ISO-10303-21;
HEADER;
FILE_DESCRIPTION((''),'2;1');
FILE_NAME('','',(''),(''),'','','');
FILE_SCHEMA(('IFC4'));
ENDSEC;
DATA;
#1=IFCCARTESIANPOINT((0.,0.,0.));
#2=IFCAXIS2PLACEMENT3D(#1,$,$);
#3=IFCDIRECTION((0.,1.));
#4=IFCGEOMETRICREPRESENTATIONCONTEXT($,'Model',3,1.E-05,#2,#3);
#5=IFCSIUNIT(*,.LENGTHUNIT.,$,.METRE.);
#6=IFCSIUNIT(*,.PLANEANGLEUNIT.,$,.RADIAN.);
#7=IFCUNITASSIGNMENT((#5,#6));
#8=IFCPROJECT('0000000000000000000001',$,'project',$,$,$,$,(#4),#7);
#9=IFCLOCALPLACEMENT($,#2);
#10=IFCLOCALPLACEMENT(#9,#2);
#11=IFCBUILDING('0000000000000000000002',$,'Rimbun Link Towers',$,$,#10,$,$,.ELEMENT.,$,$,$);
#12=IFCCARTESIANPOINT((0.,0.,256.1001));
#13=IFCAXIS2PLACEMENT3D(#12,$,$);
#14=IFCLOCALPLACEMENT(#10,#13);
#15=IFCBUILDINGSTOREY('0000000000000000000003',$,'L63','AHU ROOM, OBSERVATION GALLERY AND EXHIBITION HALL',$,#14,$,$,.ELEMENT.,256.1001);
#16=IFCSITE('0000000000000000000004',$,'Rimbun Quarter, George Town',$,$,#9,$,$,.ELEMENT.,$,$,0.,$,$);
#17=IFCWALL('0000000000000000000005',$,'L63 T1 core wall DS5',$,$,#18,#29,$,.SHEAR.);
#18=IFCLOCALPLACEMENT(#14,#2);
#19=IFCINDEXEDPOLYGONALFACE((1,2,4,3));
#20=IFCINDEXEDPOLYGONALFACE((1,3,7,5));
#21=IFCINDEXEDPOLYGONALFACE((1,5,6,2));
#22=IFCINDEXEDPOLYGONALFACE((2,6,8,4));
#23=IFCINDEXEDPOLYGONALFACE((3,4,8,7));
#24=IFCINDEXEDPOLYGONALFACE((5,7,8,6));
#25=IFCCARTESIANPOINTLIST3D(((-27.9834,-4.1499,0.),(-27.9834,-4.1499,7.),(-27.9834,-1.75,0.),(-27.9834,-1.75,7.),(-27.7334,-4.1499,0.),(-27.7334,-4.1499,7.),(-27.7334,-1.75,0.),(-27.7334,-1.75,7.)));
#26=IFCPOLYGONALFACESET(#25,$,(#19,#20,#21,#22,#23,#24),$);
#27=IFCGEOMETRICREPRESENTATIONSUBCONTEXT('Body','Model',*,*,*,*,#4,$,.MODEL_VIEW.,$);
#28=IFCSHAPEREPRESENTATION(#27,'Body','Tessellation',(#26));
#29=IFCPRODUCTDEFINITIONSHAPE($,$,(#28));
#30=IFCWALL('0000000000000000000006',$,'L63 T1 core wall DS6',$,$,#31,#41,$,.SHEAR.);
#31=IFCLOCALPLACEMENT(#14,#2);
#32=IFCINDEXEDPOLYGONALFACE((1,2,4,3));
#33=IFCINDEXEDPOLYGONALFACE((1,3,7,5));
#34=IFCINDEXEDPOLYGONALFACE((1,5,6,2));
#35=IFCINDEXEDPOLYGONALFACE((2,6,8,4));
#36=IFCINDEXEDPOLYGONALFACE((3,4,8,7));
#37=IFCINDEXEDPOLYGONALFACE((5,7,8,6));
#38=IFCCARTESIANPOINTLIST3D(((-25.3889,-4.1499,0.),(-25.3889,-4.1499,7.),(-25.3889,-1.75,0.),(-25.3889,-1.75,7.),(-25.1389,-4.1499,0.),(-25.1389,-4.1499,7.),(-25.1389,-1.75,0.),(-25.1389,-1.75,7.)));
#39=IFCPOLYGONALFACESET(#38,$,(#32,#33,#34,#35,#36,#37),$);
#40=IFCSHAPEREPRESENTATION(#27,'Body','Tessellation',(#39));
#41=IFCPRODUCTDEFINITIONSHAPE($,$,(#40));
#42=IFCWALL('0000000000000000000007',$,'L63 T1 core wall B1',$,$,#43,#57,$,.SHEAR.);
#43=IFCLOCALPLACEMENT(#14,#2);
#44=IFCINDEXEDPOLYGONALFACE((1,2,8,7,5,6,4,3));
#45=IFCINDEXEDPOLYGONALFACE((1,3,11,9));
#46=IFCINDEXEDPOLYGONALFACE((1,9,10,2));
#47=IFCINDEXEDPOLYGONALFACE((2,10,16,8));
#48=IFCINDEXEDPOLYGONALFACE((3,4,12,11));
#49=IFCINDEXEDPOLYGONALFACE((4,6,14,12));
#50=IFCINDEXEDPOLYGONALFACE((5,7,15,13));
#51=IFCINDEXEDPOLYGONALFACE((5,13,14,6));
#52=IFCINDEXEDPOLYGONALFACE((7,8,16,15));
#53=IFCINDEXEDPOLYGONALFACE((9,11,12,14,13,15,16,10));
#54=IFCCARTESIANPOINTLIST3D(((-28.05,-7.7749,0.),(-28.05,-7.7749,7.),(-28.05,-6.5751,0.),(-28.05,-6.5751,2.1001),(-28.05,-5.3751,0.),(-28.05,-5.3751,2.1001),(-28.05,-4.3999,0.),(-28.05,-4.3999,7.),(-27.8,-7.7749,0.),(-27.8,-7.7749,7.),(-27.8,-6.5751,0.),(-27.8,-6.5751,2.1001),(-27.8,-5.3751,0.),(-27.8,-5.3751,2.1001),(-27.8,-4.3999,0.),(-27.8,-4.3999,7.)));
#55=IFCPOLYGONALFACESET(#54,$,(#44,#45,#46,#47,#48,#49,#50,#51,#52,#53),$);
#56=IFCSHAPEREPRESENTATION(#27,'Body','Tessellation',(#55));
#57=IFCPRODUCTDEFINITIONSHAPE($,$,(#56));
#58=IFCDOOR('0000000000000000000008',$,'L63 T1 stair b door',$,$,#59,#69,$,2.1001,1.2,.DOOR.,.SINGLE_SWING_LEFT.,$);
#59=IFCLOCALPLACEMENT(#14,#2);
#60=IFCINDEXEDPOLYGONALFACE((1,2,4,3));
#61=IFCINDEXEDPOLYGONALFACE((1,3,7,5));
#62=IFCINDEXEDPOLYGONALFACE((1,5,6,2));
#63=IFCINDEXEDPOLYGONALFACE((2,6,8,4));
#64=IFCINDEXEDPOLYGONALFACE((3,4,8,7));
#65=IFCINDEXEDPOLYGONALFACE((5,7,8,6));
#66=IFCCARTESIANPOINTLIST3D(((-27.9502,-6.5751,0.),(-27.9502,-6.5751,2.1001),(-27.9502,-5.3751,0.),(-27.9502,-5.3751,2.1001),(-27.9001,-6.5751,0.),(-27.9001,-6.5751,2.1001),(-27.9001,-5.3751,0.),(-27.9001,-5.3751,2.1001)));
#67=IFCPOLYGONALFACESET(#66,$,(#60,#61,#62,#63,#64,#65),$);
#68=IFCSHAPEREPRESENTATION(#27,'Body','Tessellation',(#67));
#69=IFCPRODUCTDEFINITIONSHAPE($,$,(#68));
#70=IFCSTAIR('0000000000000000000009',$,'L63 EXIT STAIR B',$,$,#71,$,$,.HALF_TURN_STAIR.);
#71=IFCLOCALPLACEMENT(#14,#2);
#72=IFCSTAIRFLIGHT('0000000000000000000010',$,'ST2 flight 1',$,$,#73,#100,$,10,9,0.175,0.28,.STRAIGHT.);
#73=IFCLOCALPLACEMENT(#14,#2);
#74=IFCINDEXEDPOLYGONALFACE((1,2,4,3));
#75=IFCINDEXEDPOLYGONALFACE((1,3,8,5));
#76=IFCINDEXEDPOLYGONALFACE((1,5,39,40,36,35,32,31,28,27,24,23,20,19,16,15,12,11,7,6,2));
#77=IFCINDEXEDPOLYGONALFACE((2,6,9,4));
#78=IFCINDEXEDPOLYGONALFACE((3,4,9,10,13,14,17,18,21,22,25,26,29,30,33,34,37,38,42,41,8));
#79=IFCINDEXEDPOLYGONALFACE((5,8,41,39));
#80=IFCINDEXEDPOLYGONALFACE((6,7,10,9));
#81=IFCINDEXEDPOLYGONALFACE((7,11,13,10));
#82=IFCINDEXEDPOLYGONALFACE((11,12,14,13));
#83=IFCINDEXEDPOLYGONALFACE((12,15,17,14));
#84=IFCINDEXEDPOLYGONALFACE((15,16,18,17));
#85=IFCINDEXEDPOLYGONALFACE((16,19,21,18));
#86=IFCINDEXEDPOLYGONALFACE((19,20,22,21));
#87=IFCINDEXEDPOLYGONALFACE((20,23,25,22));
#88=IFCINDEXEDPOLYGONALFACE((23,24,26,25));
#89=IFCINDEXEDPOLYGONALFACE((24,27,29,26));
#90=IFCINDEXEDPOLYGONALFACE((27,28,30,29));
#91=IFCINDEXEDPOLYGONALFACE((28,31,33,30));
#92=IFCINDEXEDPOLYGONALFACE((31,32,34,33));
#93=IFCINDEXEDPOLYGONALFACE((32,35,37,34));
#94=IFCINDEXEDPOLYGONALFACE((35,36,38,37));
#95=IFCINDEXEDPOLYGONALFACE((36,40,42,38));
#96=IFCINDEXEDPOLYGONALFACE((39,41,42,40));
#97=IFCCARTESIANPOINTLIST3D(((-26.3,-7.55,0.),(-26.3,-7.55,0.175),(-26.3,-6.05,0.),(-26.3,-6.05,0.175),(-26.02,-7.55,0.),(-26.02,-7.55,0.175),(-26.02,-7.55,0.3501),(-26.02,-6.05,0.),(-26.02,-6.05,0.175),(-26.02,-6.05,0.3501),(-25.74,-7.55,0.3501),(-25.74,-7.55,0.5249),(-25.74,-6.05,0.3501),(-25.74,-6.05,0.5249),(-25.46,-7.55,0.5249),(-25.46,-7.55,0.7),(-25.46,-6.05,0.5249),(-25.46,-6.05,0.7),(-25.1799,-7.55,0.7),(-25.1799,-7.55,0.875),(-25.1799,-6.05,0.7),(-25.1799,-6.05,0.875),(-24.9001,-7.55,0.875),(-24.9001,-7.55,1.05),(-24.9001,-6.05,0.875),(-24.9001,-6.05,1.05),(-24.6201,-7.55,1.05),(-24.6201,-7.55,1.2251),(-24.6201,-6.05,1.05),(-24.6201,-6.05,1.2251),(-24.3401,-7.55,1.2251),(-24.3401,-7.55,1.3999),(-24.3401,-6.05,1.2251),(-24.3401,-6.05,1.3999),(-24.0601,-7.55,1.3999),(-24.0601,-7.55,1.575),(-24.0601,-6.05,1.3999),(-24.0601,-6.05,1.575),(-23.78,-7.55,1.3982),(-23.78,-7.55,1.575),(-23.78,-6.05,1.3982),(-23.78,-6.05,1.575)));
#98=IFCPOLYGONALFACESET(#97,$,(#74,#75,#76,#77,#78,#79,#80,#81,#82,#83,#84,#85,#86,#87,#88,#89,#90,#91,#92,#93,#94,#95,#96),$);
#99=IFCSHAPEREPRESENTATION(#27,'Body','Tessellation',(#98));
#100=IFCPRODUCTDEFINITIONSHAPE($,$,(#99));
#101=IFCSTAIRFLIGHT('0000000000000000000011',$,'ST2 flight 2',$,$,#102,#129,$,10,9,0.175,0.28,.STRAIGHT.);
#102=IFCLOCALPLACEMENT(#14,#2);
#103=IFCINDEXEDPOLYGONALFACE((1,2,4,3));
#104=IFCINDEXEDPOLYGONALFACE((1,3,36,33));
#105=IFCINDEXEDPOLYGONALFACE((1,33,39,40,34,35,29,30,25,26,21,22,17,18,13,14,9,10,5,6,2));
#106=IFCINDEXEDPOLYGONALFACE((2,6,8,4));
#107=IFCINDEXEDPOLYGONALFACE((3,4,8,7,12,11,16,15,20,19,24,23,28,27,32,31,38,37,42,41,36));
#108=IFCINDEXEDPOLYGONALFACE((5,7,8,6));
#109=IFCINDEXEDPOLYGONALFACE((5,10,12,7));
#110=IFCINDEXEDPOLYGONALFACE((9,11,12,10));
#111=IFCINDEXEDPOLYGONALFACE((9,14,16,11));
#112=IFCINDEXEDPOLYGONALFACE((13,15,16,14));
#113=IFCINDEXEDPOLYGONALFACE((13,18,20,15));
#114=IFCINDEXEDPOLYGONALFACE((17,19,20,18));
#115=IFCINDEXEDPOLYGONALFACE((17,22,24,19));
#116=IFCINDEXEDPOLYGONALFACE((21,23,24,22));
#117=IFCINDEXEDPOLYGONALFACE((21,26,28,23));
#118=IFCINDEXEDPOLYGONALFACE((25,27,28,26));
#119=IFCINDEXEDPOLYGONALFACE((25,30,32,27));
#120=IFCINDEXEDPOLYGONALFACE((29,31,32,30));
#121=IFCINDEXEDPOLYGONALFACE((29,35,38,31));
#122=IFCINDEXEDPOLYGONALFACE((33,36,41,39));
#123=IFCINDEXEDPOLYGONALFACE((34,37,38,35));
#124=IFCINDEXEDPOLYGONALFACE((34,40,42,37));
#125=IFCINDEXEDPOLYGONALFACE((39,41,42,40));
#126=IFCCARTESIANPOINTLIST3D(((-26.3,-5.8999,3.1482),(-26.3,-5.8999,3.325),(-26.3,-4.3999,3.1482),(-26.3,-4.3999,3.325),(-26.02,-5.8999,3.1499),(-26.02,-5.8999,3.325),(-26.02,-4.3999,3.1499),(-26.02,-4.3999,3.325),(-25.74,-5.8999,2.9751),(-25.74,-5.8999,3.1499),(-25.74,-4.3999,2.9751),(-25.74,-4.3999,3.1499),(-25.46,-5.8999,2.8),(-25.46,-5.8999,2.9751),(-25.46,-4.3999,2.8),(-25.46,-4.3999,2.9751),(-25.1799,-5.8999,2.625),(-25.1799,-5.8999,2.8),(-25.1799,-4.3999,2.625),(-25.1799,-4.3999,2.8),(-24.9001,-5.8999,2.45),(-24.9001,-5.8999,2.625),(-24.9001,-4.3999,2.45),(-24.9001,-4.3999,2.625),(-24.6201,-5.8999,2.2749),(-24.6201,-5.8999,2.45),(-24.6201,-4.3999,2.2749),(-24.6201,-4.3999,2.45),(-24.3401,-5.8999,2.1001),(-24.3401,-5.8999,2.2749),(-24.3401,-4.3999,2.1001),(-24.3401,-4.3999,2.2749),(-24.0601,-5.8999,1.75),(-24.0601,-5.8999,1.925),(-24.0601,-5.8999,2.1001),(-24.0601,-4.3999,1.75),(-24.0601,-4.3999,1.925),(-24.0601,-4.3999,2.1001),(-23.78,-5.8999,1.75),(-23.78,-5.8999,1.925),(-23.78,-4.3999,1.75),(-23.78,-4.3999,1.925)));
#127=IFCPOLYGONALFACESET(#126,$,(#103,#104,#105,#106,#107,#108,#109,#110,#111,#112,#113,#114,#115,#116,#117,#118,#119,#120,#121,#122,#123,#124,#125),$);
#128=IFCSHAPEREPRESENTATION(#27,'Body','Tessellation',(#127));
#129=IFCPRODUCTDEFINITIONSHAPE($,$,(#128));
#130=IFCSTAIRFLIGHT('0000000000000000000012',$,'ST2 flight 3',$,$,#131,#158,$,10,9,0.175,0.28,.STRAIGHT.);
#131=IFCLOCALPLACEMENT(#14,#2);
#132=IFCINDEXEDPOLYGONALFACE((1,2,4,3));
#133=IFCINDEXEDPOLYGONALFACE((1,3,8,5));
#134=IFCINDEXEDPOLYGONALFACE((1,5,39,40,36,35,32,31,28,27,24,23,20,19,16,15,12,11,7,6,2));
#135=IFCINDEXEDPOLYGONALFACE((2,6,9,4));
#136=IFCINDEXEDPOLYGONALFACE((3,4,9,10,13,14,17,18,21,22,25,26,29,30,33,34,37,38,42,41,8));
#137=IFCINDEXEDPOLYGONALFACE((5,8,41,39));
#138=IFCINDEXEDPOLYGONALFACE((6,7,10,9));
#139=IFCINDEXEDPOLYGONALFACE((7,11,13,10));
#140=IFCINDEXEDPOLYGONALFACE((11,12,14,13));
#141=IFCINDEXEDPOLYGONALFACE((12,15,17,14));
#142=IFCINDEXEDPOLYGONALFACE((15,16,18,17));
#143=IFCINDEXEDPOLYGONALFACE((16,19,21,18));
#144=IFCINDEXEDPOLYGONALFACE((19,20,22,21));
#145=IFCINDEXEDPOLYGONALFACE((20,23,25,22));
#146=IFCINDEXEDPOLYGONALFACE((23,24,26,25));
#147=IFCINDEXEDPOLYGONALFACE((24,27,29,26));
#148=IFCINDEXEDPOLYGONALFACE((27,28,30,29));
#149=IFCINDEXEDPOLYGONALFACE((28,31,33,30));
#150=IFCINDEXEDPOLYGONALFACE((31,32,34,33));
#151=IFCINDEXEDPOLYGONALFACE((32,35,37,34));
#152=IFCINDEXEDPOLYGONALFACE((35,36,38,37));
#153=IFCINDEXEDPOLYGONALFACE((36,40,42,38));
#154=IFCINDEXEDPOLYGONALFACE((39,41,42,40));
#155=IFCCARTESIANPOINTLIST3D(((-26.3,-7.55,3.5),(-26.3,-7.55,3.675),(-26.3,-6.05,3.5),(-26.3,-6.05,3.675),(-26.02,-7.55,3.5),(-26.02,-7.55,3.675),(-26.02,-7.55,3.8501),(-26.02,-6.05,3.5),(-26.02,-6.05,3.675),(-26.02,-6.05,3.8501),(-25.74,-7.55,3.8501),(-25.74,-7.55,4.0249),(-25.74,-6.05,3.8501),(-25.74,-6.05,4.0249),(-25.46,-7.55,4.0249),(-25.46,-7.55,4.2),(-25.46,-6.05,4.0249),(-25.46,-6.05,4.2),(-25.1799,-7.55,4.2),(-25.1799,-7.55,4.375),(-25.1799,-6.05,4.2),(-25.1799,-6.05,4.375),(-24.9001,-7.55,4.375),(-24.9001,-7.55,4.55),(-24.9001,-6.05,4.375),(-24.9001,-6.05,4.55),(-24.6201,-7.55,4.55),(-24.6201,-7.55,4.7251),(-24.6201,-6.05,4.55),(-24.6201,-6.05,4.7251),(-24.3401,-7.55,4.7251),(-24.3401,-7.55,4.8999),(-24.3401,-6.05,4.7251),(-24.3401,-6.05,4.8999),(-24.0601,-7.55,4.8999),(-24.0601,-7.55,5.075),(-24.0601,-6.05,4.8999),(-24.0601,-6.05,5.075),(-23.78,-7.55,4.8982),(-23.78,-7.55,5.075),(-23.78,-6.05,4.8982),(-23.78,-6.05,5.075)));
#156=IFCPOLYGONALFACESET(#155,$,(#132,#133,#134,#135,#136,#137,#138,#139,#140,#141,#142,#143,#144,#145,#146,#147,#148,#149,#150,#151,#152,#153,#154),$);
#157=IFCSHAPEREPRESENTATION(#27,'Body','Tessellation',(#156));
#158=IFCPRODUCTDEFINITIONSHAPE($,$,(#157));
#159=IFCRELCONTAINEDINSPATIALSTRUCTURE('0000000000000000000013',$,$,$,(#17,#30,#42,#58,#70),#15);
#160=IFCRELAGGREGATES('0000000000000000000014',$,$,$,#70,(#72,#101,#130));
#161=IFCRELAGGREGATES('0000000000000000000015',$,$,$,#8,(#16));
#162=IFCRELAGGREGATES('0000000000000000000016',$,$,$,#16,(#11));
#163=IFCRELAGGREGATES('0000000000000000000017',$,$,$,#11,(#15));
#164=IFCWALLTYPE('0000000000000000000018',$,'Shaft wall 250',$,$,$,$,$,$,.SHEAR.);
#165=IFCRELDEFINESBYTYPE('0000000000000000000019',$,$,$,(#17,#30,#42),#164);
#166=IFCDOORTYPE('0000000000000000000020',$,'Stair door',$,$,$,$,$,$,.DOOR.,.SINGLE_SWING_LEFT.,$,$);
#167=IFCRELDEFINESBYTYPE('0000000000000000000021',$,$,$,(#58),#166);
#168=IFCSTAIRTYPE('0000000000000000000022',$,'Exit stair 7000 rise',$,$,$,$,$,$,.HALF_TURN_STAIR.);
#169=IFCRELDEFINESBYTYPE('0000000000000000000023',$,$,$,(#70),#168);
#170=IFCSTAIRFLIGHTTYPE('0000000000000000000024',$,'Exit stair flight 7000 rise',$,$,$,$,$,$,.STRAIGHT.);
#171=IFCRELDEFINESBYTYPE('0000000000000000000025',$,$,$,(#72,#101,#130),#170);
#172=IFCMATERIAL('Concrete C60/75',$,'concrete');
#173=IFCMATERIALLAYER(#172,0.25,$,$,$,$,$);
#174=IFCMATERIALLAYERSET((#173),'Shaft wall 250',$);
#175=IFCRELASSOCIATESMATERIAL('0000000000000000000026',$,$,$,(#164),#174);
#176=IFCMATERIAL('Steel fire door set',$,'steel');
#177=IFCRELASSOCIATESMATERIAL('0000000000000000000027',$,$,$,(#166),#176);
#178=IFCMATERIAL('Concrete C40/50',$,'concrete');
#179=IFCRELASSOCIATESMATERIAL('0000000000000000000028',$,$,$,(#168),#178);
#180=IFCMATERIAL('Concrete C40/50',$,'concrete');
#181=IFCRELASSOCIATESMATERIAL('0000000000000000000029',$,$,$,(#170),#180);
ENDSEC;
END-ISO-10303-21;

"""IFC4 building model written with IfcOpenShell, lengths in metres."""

from ifc_helpers import new_model, si_unit, direction, frame, frame_2d, origin, place, context, subcontext, project, spatial, polyline, rectangle, outline, extrude, material, layer, layer_set, type_object, element, fill, aggregate, save


model = new_model("IFC4")

# Units and contexts
model_context = context("Model", 3, precision=1e-05, world=origin(), true_north=direction((0.0, 1.0)))
body_context = subcontext(model_context, "Body", "Model", "MODEL_VIEW")
ifc_project = project(units=[si_unit("LENGTHUNIT", "METRE"), si_unit("PLANEANGLEUNIT", "RADIAN")], contexts=[model_context])

# Site, building, storey
site_placement = place(None, origin())
site = spatial("IfcSite", under=ifc_project, at=site_placement, Name="Rimbun Quarter, George Town", CompositionType="ELEMENT", RefElevation=0.0)
building_placement = place(site_placement, origin())
building = spatial("IfcBuilding", under=site, at=building_placement, Name="Rimbun Link Towers", CompositionType="ELEMENT")
storey_placement = place(building_placement, frame((0.0, 0.0, 256.1001)))
storey = spatial("IfcBuildingStorey", under=building, at=storey_placement, Name="L63", Description="AHU ROOM, OBSERVATION GALLERY AND EXHIBITION HALL", CompositionType="ELEMENT", Elevation=256.1001)

# Walls
ifc_material_1 = material(Name="Concrete C60/75", Category="concrete")
ifc_layer_1 = layer(ifc_material_1, 0.25)
ifc_layer_set_1 = layer_set([ifc_layer_1], Name="Shaft wall 250")
wall_type_1 = type_object("IfcWallType", Name="Shaft wall 250", PredefinedType="SHEAR", material=ifc_layer_set_1)
for number, where, z_axis, x_axis, name in (
    (1, (-27.8584, -4.1499, 0.0), (0.0, 0.0, 1.0), (0.0, 1.0, 0.0), "L63 T1 core wall DS5"),
    (2, (-25.2639, -4.1499, 0.0), (0.0, 0.0, 1.0), (0.0, 1.0, 0.0), "L63 T1 core wall DS6"),
):
    element("IfcWall", number, at=place(storey_placement, frame(where, z_axis=z_axis, x_axis=x_axis)), inside=storey, type_object=wall_type_1, Name=name, PredefinedType="SHEAR", context=body_context, shape_type="SweptSolid", body=[
        extrude(rectangle(XDim=2.3999, YDim=0.25, at=frame_2d((1.2, 0.0))), origin(), (0.0, 0.0, 1.0), 7.0),
    ])

# Wall, opening, door
wall_1_placement = place(storey_placement, frame((-27.925, -4.3999, 0.0), z_axis=(0.0, 0.0, 1.0), x_axis=(0.0, -1.0, 0.0)))
wall_1 = element("IfcWall", 3, at=wall_1_placement, inside=storey, type_object=wall_type_1, Name="L63 T1 core wall B1", PredefinedType="SHEAR", context=body_context, shape_type="SweptSolid", body=[
    extrude(rectangle(XDim=3.375, YDim=0.25, at=frame_2d((1.6875, 0.0))), origin(), (0.0, 0.0, 1.0), 7.0),
])
opening_1_placement = place(wall_1_placement, frame((0.9751, 0.0, 0.0)))
opening_1 = element("IfcOpeningElement", 4, at=opening_1_placement, cuts=wall_1, PredefinedType="OPENING", context=body_context, shape_type="SweptSolid", body=[
    extrude(rectangle(XDim=1.2, YDim=2.1001, at=frame_2d((0.6001, 1.05))), frame((0.0, 0.135, 0.0), z_axis=(0.0, -1.0, 0.0), x_axis=(1.0, 0.0, 0.0)), (0.0, 0.0, 1.0), 0.27),
])
ifc_material_2 = material(Name="Steel fire door set", Category="steel")
door_type_1 = type_object("IfcDoorType", Name="Stair door", OperationType="SINGLE_SWING_LEFT", PredefinedType="DOOR", material=ifc_material_2)
door_1_placement = place(opening_1_placement, origin())
door_1 = element("IfcDoor", 5, at=door_1_placement, inside=storey, type_object=door_type_1, Name="L63 T1 stair b door", OperationType="SINGLE_SWING_LEFT", OverallHeight=2.1001, OverallWidth=1.2, PredefinedType="DOOR", context=body_context, shape_type="SweptSolid", body=[
    extrude(rectangle(XDim=1.2, YDim=2.1001, at=frame_2d((0.6001, 1.05))), frame((0.0, 0.0249, 0.0), z_axis=(0.0, -1.0, 0.0), x_axis=(1.0, 0.0, 0.0)), (0.0, 0.0, 1.0), 0.05),
])
fill(opening_1, door_1)

# Stair, stair flights
ifc_material_3 = material(Name="Concrete C40/50", Category="concrete")
stair_type = type_object("IfcStairType", Name="Exit stair 7000 rise", PredefinedType="HALF_TURN_STAIR", material=ifc_material_3)
stair_placement = place(storey_placement, origin())
stair = element("IfcStair", 6, at=stair_placement, inside=storey, type_object=stair_type, Name="L63 EXIT STAIR B", PredefinedType="HALF_TURN_STAIR")
ifc_material_4 = material(Name="Concrete C40/50", Category="concrete")
stair_flight_type = type_object("IfcStairFlightType", Name="Exit stair flight 7000 rise", PredefinedType="STRAIGHT", material=ifc_material_4)
stair_flight_1_placement = place(storey_placement, frame((-26.3, -6.8, 0.0), z_axis=(0.0, 0.0, 1.0), x_axis=(1.0, 0.0, 0.0)))
stair_flight_1 = element("IfcStairFlight", 7, at=stair_flight_1_placement, type_object=stair_flight_type, Name="ST2 flight 1", NumberOfRisers=10, NumberOfTreads=9, PredefinedType="STRAIGHT", RiserHeight=0.175, TreadLength=0.28, context=body_context, shape_type="SweptSolid", body=[
    extrude(outline(polyline([(0.0, 0.0), (0.0, 0.175), (0.28, 0.175), (0.28, 0.3501), (0.5601, 0.3501), (0.5601, 0.5249), (0.8401, 0.5249), (0.8401, 0.7), (1.1201, 0.7), (1.1201, 0.875), (1.3999, 0.875), (1.3999, 1.05), (1.6799, 1.05), (1.6799, 1.2251), (1.96, 1.2251), (1.96, 1.3999), (2.24, 1.3999), (2.24, 1.575), (2.52, 1.575), (2.52, 1.75), (2.52, 1.3982), (0.28, 0.0), (0.0, 0.0)])), frame((0.0, 0.75, 0.0), z_axis=(0.0, -1.0, 0.0), x_axis=(1.0, 0.0, 0.0)), (0.0, 0.0, 1.0), 1.5),
])
stair_flight_2_placement = place(storey_placement, frame((-23.78, -5.1499, 1.75), z_axis=(0.0, 0.0, 1.0), x_axis=(-1.0, 0.0, 0.0)))
stair_flight_2 = element("IfcStairFlight", 8, at=stair_flight_2_placement, type_object=stair_flight_type, Name="ST2 flight 2", NumberOfRisers=10, NumberOfTreads=9, PredefinedType="STRAIGHT", RiserHeight=0.175, TreadLength=0.28, context=body_context, shape_type="SweptSolid", body=[
    extrude(outline(polyline([(0.0, 0.0), (0.0, 0.175), (0.28, 0.175), (0.28, 0.3501), (0.5601, 0.3501), (0.5601, 0.5249), (0.8401, 0.5249), (0.8401, 0.7), (1.1201, 0.7), (1.1201, 0.875), (1.3999, 0.875), (1.3999, 1.05), (1.6799, 1.05), (1.6799, 1.2251), (1.96, 1.2251), (1.96, 1.3999), (2.24, 1.3999), (2.24, 1.575), (2.52, 1.575), (2.52, 1.75), (2.52, 1.3982), (0.28, 0.0), (0.0, 0.0)])), frame((0.0, 0.75, 0.0), z_axis=(0.0, -1.0, 0.0), x_axis=(1.0, 0.0, 0.0)), (0.0, 0.0, 1.0), 1.5),
])
stair_flight_3_placement = place(storey_placement, frame((-26.3, -6.8, 3.5), z_axis=(0.0, 0.0, 1.0), x_axis=(1.0, 0.0, 0.0)))
stair_flight_3 = element("IfcStairFlight", 9, at=stair_flight_3_placement, type_object=stair_flight_type, Name="ST2 flight 3", NumberOfRisers=10, NumberOfTreads=9, PredefinedType="STRAIGHT", RiserHeight=0.175, TreadLength=0.28, context=body_context, shape_type="SweptSolid", body=[
    extrude(outline(polyline([(0.0, 0.0), (0.0, 0.175), (0.28, 0.175), (0.28, 0.3501), (0.5601, 0.3501), (0.5601, 0.5249), (0.8401, 0.5249), (0.8401, 0.7), (1.1201, 0.7), (1.1201, 0.875), (1.3999, 0.875), (1.3999, 1.05), (1.6799, 1.05), (1.6799, 1.2251), (1.96, 1.2251), (1.96, 1.3999), (2.24, 1.3999), (2.24, 1.575), (2.52, 1.575), (2.52, 1.75), (2.52, 1.3982), (0.28, 0.0), (0.0, 0.0)])), frame((0.0, 0.75, 0.0), z_axis=(0.0, -1.0, 0.0), x_axis=(1.0, 0.0, 0.0)), (0.0, 0.0, 1.0), 1.5),
])
aggregate(stair, [stair_flight_1, stair_flight_2, stair_flight_3])

save(model, "model.ifc")
